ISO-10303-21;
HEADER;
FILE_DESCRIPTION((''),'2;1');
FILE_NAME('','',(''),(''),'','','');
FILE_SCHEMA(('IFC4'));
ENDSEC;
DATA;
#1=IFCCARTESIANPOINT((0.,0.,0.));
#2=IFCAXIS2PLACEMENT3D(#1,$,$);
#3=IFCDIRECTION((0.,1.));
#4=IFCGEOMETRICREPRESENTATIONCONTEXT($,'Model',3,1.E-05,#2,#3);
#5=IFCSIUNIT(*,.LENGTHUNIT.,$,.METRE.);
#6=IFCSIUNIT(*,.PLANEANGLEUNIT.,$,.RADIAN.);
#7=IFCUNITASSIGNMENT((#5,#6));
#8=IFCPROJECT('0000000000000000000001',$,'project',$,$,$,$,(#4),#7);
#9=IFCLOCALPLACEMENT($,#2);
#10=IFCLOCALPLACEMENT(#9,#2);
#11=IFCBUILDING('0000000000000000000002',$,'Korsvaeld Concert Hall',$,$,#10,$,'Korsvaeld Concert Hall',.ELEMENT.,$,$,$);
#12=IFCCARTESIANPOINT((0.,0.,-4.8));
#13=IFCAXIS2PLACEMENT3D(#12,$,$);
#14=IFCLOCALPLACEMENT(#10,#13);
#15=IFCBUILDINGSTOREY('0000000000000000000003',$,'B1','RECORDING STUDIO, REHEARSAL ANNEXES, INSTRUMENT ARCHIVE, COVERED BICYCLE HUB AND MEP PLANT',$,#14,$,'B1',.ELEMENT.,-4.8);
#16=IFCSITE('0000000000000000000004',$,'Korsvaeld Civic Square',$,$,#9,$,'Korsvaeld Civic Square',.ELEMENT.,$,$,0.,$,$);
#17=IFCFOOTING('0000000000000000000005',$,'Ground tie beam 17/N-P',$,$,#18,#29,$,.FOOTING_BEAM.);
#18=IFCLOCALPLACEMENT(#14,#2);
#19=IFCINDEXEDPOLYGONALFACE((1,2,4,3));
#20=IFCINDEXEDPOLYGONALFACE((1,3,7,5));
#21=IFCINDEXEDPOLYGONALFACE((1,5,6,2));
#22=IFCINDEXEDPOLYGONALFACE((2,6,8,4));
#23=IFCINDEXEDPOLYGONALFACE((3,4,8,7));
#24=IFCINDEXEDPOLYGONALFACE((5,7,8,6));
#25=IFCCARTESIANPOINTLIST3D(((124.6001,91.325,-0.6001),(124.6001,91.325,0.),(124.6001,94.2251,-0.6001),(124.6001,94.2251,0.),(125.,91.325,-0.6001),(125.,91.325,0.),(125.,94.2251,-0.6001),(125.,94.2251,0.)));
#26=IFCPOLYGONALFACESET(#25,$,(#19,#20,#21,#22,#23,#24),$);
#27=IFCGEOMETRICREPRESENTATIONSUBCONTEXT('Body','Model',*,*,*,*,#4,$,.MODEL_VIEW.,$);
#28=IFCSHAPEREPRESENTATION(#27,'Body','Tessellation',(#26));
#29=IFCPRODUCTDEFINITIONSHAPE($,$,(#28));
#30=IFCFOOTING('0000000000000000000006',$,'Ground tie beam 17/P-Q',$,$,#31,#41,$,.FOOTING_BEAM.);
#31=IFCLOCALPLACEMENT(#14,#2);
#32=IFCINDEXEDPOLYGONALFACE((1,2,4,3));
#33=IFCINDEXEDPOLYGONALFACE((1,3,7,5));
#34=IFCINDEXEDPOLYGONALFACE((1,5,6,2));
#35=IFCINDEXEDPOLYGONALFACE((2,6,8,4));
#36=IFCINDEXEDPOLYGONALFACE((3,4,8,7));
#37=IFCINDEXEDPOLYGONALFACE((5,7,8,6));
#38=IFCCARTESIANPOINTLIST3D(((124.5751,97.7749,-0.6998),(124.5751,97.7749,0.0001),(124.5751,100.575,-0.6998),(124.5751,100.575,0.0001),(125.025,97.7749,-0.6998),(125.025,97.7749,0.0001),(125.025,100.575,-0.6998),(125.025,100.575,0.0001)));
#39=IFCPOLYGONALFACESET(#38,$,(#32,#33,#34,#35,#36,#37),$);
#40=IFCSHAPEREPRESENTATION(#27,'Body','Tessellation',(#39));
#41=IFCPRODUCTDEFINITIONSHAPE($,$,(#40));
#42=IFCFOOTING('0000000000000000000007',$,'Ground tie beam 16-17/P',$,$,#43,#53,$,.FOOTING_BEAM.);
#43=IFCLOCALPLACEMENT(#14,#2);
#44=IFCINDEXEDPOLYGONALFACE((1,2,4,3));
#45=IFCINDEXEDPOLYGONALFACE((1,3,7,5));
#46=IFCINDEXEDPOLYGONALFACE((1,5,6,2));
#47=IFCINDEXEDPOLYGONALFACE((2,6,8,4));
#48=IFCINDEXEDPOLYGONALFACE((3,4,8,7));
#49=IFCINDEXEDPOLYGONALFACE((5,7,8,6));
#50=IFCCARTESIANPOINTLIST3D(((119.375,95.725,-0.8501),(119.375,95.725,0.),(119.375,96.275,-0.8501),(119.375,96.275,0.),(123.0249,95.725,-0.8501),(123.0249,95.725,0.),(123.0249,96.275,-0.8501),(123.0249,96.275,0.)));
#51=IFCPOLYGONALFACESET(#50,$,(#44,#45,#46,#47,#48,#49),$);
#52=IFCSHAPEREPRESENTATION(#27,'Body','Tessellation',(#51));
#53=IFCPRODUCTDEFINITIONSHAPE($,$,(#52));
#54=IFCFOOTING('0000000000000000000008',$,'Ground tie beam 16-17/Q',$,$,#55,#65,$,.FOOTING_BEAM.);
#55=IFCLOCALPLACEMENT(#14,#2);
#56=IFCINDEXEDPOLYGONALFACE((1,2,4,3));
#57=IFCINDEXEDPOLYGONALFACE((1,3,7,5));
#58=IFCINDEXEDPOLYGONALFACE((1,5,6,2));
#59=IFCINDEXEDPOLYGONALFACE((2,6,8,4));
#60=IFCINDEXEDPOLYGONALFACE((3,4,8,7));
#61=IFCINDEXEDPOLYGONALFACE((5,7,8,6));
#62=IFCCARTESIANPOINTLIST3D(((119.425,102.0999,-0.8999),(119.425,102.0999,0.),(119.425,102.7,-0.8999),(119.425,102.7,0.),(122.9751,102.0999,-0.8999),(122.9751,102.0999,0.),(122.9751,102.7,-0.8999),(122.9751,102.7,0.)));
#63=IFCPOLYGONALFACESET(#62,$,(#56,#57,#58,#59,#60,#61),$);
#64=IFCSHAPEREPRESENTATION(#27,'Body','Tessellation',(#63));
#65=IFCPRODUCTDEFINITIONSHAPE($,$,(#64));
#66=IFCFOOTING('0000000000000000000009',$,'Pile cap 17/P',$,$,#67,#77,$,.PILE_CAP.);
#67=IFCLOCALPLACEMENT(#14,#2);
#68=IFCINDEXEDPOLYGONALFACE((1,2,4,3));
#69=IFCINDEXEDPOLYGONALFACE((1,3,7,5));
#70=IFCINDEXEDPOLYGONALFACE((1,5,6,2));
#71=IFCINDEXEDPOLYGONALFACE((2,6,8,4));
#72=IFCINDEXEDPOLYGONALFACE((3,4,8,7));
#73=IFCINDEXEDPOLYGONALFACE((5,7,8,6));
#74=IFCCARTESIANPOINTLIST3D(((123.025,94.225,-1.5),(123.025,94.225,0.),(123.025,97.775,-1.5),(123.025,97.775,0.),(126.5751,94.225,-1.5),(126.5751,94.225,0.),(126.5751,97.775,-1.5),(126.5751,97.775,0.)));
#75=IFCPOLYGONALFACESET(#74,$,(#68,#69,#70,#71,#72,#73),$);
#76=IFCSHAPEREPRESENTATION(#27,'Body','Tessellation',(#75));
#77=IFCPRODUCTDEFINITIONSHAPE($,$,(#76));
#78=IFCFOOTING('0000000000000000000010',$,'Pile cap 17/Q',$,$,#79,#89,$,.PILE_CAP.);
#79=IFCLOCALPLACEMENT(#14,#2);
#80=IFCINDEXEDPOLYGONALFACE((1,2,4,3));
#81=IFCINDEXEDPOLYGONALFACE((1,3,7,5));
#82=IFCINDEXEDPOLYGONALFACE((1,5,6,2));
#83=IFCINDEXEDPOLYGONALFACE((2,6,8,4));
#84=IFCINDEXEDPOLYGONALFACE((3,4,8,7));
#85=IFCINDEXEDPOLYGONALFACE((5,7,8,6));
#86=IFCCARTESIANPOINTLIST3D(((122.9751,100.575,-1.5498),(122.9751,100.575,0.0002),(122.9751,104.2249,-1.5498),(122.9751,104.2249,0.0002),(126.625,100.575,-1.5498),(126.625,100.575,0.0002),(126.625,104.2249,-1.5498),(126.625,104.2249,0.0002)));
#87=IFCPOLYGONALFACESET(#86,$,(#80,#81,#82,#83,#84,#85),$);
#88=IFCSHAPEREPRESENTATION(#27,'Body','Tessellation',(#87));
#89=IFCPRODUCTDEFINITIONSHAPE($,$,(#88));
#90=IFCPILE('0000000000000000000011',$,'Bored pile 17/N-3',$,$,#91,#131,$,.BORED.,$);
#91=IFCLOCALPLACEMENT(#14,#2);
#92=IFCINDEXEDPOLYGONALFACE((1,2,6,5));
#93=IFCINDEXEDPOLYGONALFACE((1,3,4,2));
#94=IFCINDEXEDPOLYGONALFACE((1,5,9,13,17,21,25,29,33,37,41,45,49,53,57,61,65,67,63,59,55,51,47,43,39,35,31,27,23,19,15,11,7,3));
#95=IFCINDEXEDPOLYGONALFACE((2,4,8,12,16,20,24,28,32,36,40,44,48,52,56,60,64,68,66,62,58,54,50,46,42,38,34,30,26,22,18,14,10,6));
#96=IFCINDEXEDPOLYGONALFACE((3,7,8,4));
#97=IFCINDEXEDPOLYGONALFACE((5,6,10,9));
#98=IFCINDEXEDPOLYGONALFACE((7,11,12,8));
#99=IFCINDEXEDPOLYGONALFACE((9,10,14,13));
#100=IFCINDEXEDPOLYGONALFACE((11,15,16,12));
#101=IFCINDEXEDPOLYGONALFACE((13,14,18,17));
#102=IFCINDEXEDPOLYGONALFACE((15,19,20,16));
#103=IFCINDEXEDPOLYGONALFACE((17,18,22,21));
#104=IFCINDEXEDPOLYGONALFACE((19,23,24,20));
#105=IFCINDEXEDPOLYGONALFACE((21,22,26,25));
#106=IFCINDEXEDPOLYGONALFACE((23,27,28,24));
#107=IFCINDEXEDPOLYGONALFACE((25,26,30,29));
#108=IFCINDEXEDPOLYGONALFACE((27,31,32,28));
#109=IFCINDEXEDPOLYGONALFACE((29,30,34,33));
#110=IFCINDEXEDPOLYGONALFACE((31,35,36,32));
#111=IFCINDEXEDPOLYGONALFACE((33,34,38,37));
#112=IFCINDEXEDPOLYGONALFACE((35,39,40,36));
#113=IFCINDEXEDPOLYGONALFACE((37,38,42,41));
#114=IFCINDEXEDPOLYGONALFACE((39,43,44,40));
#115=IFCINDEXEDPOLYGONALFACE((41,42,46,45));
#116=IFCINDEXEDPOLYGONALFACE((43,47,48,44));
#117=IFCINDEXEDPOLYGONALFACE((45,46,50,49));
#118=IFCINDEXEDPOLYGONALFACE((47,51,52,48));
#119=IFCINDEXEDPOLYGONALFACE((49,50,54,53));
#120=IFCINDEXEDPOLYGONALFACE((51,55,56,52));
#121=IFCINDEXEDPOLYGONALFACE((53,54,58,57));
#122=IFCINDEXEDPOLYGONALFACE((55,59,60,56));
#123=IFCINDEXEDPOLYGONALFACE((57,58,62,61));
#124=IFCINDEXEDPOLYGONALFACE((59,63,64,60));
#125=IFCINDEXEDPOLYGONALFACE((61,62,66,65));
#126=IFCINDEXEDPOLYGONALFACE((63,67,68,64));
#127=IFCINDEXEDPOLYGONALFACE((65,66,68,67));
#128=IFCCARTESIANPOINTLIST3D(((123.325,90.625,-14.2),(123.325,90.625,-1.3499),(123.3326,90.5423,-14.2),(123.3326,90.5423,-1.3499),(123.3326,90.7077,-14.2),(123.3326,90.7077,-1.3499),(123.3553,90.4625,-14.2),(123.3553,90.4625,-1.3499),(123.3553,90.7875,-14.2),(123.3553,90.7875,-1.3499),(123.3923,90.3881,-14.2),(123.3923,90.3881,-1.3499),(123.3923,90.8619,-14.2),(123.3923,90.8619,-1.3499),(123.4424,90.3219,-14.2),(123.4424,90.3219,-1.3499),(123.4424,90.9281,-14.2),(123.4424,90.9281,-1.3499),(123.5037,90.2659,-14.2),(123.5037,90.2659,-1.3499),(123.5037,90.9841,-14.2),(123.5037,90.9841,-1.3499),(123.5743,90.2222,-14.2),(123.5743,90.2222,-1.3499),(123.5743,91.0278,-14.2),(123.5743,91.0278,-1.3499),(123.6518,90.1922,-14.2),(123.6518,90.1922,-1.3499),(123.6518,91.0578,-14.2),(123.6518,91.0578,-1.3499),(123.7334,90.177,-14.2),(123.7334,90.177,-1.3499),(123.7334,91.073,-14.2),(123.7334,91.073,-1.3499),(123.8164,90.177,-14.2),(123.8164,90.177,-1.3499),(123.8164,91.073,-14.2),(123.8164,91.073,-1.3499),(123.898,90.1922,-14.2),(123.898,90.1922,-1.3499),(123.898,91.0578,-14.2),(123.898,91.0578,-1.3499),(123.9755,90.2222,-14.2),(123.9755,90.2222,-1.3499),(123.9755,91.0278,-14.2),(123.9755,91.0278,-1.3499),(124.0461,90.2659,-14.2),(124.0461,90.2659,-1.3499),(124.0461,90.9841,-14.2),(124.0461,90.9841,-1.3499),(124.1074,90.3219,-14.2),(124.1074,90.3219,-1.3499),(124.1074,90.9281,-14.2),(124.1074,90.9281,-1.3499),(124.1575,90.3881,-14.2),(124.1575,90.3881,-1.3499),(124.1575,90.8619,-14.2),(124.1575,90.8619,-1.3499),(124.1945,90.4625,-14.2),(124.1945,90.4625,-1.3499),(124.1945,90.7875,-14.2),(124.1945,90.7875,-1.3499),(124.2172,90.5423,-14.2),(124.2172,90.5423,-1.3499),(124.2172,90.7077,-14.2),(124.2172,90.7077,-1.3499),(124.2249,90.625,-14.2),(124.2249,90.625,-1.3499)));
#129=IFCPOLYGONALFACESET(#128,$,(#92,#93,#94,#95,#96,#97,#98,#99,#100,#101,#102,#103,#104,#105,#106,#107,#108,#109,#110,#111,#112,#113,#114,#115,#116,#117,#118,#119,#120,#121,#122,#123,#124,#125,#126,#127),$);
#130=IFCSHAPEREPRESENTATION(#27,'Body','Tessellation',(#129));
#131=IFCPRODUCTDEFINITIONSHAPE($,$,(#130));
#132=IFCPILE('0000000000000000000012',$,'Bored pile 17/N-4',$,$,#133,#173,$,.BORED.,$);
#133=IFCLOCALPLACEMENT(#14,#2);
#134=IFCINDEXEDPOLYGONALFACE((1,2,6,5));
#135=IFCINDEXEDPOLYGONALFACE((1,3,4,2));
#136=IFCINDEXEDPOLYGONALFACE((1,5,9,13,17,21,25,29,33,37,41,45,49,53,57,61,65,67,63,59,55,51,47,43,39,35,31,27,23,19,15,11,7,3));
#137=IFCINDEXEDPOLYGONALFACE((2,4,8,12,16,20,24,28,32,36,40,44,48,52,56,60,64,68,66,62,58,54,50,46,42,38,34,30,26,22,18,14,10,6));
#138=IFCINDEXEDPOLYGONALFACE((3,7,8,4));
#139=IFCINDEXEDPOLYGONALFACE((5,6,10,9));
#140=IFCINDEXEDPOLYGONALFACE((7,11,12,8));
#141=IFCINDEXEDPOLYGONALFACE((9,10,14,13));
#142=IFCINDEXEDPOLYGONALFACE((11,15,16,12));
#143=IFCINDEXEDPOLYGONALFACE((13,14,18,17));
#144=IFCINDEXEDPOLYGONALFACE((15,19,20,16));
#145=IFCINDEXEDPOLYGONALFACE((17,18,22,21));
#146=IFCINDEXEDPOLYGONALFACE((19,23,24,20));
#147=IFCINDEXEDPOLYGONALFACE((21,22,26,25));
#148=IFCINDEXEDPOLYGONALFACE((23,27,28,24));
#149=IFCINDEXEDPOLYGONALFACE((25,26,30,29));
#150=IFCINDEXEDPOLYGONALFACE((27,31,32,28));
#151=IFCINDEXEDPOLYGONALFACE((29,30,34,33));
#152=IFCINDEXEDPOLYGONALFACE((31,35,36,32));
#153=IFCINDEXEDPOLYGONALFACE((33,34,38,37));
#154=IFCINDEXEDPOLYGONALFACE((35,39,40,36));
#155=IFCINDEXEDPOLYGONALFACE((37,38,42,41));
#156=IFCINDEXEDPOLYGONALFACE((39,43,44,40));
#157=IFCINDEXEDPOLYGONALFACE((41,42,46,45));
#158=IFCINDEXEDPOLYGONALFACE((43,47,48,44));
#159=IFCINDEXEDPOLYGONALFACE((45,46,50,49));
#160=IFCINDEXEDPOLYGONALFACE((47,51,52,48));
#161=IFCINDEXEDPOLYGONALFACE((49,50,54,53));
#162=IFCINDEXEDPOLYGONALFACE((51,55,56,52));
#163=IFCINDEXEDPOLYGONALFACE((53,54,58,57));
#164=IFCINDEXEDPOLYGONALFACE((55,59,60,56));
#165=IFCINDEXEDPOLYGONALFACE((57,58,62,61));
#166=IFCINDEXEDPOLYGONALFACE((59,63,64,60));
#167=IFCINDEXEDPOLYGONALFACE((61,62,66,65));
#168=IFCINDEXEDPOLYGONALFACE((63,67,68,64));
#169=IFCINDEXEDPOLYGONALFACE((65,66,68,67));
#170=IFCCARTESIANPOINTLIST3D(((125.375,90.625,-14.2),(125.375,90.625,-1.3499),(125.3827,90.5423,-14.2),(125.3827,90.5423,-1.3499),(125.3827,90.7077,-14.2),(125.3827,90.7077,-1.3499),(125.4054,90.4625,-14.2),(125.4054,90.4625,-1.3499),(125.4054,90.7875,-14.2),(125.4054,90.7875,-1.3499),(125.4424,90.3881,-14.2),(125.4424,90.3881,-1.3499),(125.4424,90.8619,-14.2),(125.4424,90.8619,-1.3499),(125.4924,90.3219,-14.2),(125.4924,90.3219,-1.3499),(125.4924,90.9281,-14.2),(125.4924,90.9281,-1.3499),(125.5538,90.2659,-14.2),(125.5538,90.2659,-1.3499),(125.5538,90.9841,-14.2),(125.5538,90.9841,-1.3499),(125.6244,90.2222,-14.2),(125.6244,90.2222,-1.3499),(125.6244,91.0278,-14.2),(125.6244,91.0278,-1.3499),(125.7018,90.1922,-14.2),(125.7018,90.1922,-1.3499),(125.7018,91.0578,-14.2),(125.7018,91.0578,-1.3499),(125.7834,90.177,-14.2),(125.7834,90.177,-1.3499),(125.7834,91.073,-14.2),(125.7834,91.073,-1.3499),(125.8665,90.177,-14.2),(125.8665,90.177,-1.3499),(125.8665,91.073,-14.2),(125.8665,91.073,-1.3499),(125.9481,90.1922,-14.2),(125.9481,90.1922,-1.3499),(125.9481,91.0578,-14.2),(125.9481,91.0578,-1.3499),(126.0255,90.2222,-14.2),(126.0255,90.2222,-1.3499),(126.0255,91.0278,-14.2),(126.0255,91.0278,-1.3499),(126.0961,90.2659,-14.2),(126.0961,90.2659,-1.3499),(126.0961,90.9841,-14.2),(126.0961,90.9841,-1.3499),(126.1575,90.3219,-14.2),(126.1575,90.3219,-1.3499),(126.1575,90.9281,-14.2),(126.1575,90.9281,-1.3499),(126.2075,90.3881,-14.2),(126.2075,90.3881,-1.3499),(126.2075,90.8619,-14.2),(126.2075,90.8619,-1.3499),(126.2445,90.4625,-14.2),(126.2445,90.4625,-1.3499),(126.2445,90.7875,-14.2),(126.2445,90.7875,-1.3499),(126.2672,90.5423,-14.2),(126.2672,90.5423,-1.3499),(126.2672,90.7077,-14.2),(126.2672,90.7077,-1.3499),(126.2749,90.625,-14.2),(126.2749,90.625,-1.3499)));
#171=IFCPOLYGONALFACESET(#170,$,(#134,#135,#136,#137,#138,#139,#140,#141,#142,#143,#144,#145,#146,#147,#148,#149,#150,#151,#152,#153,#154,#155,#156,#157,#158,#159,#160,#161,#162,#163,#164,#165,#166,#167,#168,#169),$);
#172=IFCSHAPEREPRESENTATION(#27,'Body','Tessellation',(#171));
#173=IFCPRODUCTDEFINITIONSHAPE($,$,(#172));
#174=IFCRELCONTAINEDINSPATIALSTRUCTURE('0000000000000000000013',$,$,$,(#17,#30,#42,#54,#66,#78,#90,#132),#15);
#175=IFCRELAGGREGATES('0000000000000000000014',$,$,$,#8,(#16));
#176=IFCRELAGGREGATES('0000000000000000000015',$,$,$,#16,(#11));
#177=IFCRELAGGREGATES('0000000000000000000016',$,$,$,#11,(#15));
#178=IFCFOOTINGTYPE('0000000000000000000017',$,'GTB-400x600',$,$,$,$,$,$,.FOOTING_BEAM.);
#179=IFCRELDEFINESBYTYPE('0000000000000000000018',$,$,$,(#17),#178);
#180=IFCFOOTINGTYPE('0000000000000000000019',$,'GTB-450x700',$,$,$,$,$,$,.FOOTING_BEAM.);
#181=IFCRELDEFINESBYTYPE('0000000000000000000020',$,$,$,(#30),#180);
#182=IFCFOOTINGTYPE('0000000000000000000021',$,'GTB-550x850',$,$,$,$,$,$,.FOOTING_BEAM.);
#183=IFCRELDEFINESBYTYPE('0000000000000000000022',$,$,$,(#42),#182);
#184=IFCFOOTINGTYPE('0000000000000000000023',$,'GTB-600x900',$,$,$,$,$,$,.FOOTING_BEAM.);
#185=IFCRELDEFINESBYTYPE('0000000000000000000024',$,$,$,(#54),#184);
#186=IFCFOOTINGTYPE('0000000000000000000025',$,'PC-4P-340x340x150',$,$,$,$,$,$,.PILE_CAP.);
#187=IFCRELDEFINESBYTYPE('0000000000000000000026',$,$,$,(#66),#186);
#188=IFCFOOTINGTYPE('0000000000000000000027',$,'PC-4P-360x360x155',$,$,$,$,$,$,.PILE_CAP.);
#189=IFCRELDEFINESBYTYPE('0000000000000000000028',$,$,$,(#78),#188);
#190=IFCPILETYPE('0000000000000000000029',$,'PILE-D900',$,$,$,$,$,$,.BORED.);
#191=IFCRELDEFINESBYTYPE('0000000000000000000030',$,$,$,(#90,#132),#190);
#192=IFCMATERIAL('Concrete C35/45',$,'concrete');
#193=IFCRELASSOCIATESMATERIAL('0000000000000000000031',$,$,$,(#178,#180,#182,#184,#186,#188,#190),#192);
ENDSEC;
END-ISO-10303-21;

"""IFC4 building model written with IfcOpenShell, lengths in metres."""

from ifc_helpers import new_model, si_unit, direction, frame, origin, origin_2d, place, context, subcontext, project, spatial, rectangle, circle, extrude, material, material_profile, profile_set, type_object, element, save


model = new_model("IFC4")

# Units and contexts
model_context = context("Model", 3, precision=1e-05, world=origin(), true_north=direction((0.0, 1.0)))
body_context = subcontext(model_context, "Body", "Model", "MODEL_VIEW")
ifc_project = project(units=[si_unit("LENGTHUNIT", "METRE"), si_unit("PLANEANGLEUNIT", "RADIAN")], contexts=[model_context])

# Site, building, storey
site_placement = place(None, origin())
site = spatial("IfcSite", under=ifc_project, at=site_placement, Name="Korsvaeld Civic Square", LongName="Korsvaeld Civic Square", CompositionType="ELEMENT", RefElevation=0.0)
building_placement = place(site_placement, origin())
building = spatial("IfcBuilding", under=site, at=building_placement, Name="Korsvaeld Concert Hall", LongName="Korsvaeld Concert Hall", CompositionType="ELEMENT")
storey_placement = place(building_placement, frame((0.0, 0.0, -4.8)))
storey = spatial("IfcBuildingStorey", under=building, at=storey_placement, Name="B1", Description="RECORDING STUDIO, REHEARSAL ANNEXES, INSTRUMENT ARCHIVE, COVERED BICYCLE HUB AND MEP PLANT", LongName="B1", CompositionType="ELEMENT", Elevation=-4.8)

# Footings
ifc_material_1 = material(Name="Concrete C35/45", Category="concrete")
ifc_material_profile_1 = material_profile(ifc_material_1, rectangle(XDim=0.3999, YDim=0.6001, at=origin_2d()), Name="GTB 400x600")
ifc_profile_set_1 = profile_set([ifc_material_profile_1], Name="Concrete C35/45")
footing_type_1 = type_object("IfcFootingType", Name="GTB-400x600", PredefinedType="FOOTING_BEAM", material=ifc_profile_set_1)
footing_1_placement = place(storey_placement, frame((124.8, 91.325, -0.3), z_axis=(0.0, 1.0, 0.0), x_axis=(-1.0, 0.0, 0.0)))
element("IfcFooting", 1, at=footing_1_placement, inside=storey, type_object=footing_type_1, Name="Ground tie beam 17/N-P", PredefinedType="FOOTING_BEAM", context=body_context, shape_type="SweptSolid", body=[
    extrude(rectangle(XDim=0.3999, YDim=0.6001, at=origin_2d()), origin(), (0.0, 0.0, 1.0), 2.9001),
])
ifc_material_profile_2 = material_profile(ifc_material_1, rectangle(XDim=0.45, YDim=0.7, at=origin_2d()), Name="GTB 450x700")
ifc_profile_set_2 = profile_set([ifc_material_profile_2], Name="Concrete C35/45")
footing_type_2 = type_object("IfcFootingType", Name="GTB-450x700", PredefinedType="FOOTING_BEAM", material=ifc_profile_set_2)
footing_2_placement = place(storey_placement, frame((124.8, 97.7749, -0.3499), z_axis=(0.0, 1.0, 0.0), x_axis=(-1.0, 0.0, 0.0)))
element("IfcFooting", 2, at=footing_2_placement, inside=storey, type_object=footing_type_2, Name="Ground tie beam 17/P-Q", PredefinedType="FOOTING_BEAM", context=body_context, shape_type="SweptSolid", body=[
    extrude(rectangle(XDim=0.45, YDim=0.7, at=origin_2d()), origin(), (0.0, 0.0, 1.0), 2.8),
])
ifc_material_profile_3 = material_profile(ifc_material_1, rectangle(XDim=0.55, YDim=0.8501, at=origin_2d()), Name="GTB 550x850")
ifc_profile_set_3 = profile_set([ifc_material_profile_3], Name="Concrete C35/45")
footing_type_3 = type_object("IfcFootingType", Name="GTB-550x850", PredefinedType="FOOTING_BEAM", material=ifc_profile_set_3)
footing_3_placement = place(storey_placement, frame((119.375, 96.0, -0.425), z_axis=(1.0, 0.0, 0.0), x_axis=(0.0, 1.0, 0.0)))
element("IfcFooting", 3, at=footing_3_placement, inside=storey, type_object=footing_type_3, Name="Ground tie beam 16-17/P", PredefinedType="FOOTING_BEAM", context=body_context, shape_type="SweptSolid", body=[
    extrude(rectangle(XDim=0.55, YDim=0.8501, at=origin_2d()), origin(), (0.0, 0.0, 1.0), 3.6499),
])
ifc_material_profile_4 = material_profile(ifc_material_1, rectangle(XDim=0.6001, YDim=0.8999, at=origin_2d()), Name="GTB 600x900")
ifc_profile_set_4 = profile_set([ifc_material_profile_4], Name="Concrete C35/45")
footing_type_4 = type_object("IfcFootingType", Name="GTB-600x900", PredefinedType="FOOTING_BEAM", material=ifc_profile_set_4)
footing_4_placement = place(storey_placement, frame((119.425, 102.3999, -0.45), z_axis=(1.0, 0.0, 0.0), x_axis=(0.0, 1.0, 0.0)))
element("IfcFooting", 4, at=footing_4_placement, inside=storey, type_object=footing_type_4, Name="Ground tie beam 16-17/Q", PredefinedType="FOOTING_BEAM", context=body_context, shape_type="SweptSolid", body=[
    extrude(rectangle(XDim=0.6001, YDim=0.8999, at=origin_2d()), origin(), (0.0, 0.0, 1.0), 3.55),
])
footing_type_5 = type_object("IfcFootingType", Name="PC-4P-340x340x150", PredefinedType="PILE_CAP", material=ifc_material_1)
footing_5_placement = place(storey_placement, frame((124.8, 96.0, -1.5), z_axis=(0.0, 0.0, 1.0), x_axis=(1.0, 0.0, 0.0)))
element("IfcFooting", 5, at=footing_5_placement, inside=storey, type_object=footing_type_5, Name="Pile cap 17/P", PredefinedType="PILE_CAP", context=body_context, shape_type="SweptSolid", body=[
    extrude(rectangle(XDim=3.55, YDim=3.55, at=origin_2d()), origin(), (0.0, 0.0, 1.0), 1.5),
])
footing_type_6 = type_object("IfcFootingType", Name="PC-4P-360x360x155", PredefinedType="PILE_CAP", material=ifc_material_1)
footing_6_placement = place(storey_placement, frame((124.8, 102.3999, -1.5498), z_axis=(0.0, 0.0, 1.0), x_axis=(1.0, 0.0, 0.0)))
element("IfcFooting", 6, at=footing_6_placement, inside=storey, type_object=footing_type_6, Name="Pile cap 17/Q", PredefinedType="PILE_CAP", context=body_context, shape_type="SweptSolid", body=[
    extrude(rectangle(XDim=3.6499, YDim=3.6499, at=origin_2d()), origin(), (0.0, 0.0, 1.0), 1.55),
])

# Piles
ifc_material_profile_5 = material_profile(ifc_material_1, circle(Radius=0.45, at=origin_2d()), Name="BORED PILE D900")
ifc_profile_set_5 = profile_set([ifc_material_profile_5], Name="Concrete C35/45")
pile_type = type_object("IfcPileType", Name="PILE-D900", PredefinedType="BORED", material=ifc_profile_set_5)
for number, where, z_axis, x_axis, name in (
    (7, (123.7749, 90.625, -1.3499), (0.0, 0.0, -1.0), (1.0, 0.0, 0.0), "Bored pile 17/N-3"),
    (8, (125.825, 90.625, -1.3499), (0.0, 0.0, -1.0), (1.0, 0.0, 0.0), "Bored pile 17/N-4"),
):
    element("IfcPile", number, at=place(storey_placement, frame(where, z_axis=z_axis, x_axis=x_axis)), inside=storey, type_object=pile_type, Name=name, PredefinedType="BORED", context=body_context, shape_type="SweptSolid", body=[
        extrude(circle(Radius=0.45, at=origin_2d()), origin(), (0.0, 0.0, 1.0), 12.8501),
    ])

save(model, "model.ifc")
